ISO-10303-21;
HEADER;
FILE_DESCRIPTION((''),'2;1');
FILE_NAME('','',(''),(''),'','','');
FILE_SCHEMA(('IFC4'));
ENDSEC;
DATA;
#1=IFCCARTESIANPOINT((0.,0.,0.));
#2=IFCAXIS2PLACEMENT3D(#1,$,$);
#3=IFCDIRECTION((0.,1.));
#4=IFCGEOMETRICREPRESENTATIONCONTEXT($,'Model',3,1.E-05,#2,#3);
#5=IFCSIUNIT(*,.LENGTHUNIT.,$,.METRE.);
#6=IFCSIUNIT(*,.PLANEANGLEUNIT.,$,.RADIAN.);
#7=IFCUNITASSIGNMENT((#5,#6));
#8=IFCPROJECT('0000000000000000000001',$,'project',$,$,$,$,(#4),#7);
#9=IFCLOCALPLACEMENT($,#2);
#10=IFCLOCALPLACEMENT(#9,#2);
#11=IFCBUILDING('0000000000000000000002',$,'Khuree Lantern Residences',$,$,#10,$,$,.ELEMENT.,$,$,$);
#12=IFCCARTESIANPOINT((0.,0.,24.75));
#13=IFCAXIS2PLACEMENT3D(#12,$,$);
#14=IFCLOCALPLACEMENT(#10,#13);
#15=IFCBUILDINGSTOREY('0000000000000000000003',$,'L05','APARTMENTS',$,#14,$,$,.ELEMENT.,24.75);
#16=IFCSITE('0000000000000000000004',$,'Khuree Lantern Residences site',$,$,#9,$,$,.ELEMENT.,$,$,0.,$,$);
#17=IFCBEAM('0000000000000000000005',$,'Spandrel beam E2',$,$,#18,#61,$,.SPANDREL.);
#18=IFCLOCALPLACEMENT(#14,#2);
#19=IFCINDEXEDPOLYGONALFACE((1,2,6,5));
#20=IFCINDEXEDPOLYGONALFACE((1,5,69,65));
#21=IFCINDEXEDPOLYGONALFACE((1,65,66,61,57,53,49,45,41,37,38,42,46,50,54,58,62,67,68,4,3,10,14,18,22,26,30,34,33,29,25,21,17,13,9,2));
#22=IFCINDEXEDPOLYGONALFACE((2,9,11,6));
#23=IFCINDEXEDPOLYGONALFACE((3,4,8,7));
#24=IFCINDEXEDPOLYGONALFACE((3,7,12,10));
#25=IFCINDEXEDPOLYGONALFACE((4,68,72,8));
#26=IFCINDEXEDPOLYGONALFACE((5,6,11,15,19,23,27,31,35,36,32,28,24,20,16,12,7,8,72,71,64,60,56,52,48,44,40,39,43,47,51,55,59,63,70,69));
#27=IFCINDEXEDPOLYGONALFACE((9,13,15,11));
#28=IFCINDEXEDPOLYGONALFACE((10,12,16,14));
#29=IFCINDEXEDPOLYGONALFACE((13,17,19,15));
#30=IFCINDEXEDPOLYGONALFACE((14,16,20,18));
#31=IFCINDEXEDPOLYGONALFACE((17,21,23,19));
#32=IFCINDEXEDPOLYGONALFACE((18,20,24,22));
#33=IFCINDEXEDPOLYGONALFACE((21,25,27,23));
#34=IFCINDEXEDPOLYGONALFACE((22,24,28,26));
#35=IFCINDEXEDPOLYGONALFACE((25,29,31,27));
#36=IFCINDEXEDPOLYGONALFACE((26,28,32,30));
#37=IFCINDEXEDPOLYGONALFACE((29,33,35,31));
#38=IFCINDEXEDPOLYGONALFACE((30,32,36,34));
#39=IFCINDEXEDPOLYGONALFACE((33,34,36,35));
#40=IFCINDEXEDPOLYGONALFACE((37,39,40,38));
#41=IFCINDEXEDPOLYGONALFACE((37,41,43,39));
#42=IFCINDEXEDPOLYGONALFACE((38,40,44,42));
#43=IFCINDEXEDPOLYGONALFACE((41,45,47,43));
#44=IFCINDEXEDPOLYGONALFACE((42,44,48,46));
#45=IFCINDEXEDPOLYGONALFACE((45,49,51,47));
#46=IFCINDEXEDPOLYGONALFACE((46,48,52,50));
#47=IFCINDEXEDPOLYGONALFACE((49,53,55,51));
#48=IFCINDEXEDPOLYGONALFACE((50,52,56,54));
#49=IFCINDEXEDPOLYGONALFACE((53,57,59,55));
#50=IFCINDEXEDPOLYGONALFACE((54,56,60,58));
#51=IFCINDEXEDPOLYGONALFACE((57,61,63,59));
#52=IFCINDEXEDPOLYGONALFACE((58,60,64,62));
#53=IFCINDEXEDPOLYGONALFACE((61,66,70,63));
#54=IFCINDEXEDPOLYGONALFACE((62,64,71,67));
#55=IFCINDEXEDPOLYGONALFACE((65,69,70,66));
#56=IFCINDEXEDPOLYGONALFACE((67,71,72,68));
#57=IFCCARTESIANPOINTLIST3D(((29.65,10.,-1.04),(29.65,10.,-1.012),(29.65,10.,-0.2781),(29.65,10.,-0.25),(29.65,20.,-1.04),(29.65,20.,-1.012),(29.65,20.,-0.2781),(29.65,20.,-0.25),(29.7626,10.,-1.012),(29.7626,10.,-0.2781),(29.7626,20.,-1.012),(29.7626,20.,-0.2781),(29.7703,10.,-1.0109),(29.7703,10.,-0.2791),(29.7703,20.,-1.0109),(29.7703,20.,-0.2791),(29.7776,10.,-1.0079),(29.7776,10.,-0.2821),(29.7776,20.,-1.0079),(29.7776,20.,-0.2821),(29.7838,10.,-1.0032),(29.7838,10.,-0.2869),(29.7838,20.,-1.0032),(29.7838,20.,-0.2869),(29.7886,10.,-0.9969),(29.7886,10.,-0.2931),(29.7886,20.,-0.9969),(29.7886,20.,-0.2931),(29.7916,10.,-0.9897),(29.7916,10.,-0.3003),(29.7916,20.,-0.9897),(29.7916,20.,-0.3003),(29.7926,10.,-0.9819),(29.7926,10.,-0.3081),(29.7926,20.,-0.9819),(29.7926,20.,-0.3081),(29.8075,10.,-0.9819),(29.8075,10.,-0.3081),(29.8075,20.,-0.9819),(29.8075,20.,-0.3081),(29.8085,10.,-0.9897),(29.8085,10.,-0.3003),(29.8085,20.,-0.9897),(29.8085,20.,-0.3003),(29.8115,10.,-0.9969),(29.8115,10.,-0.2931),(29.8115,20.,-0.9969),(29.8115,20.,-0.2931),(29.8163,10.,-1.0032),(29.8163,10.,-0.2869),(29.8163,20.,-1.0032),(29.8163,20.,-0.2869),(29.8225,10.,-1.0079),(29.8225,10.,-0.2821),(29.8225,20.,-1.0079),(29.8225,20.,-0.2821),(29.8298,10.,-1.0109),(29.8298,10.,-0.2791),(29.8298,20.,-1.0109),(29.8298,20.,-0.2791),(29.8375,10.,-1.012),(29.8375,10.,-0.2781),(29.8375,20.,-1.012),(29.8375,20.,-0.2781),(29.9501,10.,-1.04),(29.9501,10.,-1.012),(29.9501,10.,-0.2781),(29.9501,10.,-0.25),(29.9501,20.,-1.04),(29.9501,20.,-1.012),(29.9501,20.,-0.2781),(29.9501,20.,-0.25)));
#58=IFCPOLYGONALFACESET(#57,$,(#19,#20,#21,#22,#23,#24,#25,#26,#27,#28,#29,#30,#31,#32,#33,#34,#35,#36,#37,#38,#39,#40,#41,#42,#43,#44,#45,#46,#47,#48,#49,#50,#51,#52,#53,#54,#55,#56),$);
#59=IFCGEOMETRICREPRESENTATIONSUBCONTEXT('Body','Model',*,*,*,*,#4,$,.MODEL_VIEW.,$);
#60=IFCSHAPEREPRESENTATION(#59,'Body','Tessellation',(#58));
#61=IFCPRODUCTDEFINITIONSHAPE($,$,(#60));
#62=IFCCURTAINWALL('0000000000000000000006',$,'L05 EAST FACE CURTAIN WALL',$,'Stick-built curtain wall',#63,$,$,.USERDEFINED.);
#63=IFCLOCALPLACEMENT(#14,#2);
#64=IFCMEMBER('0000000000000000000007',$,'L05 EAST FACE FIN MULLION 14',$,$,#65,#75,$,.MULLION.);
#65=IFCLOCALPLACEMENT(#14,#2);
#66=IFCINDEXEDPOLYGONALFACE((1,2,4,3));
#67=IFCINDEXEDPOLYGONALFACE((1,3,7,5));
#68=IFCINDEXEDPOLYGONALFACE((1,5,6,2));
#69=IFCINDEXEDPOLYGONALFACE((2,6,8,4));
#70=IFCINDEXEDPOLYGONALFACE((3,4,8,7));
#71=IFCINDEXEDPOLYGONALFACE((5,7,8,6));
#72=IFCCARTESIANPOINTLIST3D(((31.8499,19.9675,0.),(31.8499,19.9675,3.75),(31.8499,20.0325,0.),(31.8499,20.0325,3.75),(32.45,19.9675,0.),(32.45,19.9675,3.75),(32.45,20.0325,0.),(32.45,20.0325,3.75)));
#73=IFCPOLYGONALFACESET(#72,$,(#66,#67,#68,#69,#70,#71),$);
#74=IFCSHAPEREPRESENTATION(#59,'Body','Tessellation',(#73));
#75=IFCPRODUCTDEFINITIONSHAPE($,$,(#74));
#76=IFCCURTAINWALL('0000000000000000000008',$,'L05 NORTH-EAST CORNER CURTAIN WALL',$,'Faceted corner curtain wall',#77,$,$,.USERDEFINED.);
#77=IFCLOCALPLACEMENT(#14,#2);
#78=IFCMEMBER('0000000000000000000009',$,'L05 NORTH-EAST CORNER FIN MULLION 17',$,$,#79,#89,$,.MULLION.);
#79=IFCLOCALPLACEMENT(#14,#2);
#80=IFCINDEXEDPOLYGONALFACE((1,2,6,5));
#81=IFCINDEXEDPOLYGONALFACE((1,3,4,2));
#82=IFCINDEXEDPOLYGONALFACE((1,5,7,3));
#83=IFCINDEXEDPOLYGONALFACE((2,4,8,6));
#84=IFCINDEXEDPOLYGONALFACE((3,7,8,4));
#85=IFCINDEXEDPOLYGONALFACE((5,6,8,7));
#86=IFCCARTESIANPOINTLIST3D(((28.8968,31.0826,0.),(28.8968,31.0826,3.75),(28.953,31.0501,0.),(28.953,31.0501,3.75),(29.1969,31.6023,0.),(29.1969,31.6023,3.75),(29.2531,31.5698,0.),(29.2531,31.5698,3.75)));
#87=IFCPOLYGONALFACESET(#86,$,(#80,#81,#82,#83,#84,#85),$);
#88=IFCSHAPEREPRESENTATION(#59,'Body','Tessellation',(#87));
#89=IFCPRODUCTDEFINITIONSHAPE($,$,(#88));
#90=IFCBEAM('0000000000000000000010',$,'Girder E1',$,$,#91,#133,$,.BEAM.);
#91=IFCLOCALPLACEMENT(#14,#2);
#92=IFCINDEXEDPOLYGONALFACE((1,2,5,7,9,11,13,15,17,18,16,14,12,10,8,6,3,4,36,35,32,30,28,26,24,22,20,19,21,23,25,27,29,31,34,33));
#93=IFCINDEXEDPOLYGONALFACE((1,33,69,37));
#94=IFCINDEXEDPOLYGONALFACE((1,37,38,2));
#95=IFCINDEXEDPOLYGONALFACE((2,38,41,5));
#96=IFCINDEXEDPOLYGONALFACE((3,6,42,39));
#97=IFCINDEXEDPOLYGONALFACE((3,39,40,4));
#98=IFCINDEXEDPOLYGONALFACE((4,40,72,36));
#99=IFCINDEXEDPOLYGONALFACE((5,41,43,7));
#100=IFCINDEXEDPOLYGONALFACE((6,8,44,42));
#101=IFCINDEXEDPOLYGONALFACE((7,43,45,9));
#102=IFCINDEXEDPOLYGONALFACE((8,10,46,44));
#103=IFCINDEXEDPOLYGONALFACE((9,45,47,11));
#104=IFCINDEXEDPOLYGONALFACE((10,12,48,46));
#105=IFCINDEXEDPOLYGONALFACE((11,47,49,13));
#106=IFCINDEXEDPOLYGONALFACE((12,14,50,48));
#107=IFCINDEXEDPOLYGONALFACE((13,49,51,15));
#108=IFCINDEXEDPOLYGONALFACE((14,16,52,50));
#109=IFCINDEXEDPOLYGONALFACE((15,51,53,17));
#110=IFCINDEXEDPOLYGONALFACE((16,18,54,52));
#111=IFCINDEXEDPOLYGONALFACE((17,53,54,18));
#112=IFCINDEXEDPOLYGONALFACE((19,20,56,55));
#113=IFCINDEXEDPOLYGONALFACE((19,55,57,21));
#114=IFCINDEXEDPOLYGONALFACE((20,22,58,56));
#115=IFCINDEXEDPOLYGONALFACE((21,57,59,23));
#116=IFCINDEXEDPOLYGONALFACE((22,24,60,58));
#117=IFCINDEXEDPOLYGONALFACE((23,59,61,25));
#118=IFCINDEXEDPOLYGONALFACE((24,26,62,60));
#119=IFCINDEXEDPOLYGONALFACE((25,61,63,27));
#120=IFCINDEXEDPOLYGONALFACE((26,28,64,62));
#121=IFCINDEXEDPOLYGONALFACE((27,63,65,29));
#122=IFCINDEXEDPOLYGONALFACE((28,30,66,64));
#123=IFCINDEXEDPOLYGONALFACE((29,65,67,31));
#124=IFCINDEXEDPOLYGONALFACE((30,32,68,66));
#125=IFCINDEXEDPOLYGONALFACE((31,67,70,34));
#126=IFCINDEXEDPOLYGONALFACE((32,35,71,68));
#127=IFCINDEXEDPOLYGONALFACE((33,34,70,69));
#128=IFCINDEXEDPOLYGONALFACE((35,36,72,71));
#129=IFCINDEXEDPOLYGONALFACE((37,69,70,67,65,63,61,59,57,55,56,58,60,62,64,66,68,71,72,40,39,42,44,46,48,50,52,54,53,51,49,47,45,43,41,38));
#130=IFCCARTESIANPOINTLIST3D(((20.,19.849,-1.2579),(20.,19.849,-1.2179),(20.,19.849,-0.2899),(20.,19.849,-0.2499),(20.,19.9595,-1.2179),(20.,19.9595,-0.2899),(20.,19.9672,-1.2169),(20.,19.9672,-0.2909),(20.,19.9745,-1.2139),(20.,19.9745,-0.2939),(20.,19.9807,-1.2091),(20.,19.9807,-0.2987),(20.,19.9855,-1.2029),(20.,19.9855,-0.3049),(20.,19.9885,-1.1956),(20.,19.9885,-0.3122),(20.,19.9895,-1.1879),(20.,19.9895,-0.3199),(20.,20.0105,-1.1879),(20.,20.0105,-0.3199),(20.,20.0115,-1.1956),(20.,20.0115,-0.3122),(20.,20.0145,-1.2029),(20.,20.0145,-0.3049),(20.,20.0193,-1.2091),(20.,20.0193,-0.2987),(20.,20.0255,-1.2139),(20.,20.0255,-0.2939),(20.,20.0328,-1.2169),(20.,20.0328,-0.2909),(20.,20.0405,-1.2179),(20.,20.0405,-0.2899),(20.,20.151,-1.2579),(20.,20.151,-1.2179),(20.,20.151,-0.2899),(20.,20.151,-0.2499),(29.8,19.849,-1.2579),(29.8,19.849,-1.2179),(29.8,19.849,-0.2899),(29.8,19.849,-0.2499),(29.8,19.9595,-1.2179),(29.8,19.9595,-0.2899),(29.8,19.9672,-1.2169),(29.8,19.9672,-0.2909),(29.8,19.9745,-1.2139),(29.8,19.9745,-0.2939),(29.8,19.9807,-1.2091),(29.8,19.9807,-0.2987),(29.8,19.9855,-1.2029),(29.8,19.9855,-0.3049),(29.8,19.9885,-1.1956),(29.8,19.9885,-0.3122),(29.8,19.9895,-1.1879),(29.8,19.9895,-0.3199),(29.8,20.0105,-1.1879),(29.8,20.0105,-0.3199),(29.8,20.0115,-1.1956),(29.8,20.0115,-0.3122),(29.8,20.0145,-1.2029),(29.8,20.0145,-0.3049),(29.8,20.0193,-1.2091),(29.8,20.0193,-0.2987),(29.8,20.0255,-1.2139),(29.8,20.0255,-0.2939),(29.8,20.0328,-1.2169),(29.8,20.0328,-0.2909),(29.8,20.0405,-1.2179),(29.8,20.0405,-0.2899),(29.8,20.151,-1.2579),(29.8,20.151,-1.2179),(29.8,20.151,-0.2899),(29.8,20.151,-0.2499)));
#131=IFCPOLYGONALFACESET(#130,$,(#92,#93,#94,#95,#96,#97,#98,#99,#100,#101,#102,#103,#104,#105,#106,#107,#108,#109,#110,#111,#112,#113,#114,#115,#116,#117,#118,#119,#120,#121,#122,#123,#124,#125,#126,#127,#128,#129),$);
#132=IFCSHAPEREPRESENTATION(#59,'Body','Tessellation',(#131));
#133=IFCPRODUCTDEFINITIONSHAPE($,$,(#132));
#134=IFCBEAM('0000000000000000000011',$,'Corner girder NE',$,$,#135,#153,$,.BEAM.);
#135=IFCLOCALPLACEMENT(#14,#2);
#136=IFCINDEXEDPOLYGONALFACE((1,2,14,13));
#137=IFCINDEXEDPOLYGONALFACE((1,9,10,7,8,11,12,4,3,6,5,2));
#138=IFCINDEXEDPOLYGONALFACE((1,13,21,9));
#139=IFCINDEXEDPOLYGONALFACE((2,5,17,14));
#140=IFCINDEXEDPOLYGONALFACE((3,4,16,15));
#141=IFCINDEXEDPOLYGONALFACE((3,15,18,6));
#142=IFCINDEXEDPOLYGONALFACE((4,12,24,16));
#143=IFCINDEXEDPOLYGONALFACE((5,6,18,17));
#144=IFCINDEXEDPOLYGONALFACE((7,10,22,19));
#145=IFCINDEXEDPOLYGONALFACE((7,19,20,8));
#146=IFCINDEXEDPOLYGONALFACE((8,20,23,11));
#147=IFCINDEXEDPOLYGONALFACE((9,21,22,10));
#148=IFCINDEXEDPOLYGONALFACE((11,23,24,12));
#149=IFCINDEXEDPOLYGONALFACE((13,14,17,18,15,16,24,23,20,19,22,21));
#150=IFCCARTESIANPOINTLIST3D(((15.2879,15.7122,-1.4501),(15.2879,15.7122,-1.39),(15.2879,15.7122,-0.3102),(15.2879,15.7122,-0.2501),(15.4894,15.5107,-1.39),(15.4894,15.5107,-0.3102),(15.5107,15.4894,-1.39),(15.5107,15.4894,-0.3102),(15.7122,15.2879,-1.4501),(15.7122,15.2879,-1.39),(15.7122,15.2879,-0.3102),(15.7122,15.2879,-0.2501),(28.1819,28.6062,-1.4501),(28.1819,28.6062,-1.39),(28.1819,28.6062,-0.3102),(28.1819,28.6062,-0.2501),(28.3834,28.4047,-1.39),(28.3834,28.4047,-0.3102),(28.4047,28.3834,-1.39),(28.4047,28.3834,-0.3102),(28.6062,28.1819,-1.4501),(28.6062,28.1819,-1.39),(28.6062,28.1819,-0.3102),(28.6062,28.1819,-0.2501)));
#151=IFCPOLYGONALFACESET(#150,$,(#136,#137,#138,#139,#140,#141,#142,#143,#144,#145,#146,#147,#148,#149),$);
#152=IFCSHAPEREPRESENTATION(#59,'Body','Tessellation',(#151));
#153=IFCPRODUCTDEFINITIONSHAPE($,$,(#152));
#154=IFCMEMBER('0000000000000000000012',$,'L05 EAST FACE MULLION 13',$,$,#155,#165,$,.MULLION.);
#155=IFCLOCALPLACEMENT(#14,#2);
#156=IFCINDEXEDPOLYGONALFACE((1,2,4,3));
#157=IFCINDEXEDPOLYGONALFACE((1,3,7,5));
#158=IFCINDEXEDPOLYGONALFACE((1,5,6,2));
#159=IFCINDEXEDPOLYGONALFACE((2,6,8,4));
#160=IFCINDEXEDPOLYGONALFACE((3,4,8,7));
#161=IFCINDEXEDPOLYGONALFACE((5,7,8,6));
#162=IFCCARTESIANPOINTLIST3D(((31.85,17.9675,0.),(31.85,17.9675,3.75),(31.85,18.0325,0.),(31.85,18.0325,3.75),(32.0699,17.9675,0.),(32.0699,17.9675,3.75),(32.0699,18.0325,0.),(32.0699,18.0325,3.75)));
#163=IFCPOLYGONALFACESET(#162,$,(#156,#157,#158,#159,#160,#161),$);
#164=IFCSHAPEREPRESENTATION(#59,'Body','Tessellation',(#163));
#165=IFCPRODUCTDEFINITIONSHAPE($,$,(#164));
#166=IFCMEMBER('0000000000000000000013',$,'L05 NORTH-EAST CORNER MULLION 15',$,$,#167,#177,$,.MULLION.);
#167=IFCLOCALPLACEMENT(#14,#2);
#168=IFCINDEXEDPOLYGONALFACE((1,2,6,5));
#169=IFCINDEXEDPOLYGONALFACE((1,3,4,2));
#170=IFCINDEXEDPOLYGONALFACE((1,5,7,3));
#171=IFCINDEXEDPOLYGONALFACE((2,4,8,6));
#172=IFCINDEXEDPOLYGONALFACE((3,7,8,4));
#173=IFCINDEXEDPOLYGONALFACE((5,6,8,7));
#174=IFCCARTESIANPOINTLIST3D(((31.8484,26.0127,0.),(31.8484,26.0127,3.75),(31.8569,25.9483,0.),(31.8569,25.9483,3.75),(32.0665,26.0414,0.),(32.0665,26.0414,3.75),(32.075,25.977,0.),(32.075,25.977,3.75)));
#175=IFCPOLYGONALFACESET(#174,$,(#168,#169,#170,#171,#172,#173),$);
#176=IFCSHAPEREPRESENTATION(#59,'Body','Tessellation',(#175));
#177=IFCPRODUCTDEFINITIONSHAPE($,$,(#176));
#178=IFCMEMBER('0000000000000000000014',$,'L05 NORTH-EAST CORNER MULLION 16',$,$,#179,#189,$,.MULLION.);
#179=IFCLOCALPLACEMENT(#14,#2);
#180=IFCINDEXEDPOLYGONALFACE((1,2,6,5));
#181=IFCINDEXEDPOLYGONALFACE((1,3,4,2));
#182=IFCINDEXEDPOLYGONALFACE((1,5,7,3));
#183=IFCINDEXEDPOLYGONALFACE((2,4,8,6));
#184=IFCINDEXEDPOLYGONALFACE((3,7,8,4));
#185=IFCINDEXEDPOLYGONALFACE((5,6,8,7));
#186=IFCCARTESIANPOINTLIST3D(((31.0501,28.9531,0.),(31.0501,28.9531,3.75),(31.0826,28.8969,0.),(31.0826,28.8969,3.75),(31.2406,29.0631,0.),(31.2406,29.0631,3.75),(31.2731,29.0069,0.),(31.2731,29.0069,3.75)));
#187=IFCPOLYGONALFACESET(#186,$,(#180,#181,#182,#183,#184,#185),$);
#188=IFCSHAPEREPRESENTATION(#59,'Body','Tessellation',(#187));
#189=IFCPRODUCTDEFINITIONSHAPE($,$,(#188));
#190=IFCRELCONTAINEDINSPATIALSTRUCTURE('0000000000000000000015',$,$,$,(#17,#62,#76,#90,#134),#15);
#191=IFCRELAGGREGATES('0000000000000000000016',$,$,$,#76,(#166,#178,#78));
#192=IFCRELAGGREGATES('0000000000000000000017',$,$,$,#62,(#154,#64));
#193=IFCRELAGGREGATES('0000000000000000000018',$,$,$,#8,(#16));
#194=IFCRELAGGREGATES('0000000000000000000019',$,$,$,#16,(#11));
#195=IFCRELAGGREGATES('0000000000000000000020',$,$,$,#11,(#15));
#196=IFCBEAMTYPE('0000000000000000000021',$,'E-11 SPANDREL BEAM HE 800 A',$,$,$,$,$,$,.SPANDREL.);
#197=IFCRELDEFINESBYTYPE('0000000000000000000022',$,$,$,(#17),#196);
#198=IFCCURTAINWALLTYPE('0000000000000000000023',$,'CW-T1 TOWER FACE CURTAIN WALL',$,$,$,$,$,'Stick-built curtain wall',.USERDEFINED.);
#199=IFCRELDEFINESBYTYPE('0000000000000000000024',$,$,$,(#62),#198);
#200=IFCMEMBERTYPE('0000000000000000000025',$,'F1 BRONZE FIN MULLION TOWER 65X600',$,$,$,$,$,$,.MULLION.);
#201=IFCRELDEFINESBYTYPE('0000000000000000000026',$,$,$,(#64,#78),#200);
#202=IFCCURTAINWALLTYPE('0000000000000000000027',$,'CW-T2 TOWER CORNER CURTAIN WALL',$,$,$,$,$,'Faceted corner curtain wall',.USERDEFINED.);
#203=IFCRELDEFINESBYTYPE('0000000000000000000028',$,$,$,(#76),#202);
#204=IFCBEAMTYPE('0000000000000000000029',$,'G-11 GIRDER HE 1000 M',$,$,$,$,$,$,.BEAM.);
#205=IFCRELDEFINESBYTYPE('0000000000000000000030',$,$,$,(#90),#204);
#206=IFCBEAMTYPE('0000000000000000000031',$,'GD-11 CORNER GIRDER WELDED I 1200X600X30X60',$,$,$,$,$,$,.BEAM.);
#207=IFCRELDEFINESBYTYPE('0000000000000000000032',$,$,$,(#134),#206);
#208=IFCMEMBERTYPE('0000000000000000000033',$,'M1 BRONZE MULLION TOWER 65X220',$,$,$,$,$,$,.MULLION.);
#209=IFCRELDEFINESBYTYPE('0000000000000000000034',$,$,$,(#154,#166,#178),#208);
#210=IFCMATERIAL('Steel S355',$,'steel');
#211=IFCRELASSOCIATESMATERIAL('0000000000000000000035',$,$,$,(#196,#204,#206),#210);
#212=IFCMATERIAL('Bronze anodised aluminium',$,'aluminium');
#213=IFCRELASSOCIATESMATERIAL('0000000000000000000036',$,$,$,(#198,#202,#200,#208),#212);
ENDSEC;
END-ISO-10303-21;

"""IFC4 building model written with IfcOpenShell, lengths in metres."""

from ifc_helpers import new_model, si_unit, direction, frame, origin, origin_2d, place, context, subcontext, project, spatial, rectangle, i_section, extrude, material, material_profile, profile_set, type_object, element, aggregate, save


model = new_model("IFC4")

# Units and contexts
model_context = context("Model", 3, precision=1e-05, world=origin(), true_north=direction((0.0, 1.0)))
body_context = subcontext(model_context, "Body", "Model", "MODEL_VIEW")
ifc_project = project(units=[si_unit("LENGTHUNIT", "METRE"), si_unit("PLANEANGLEUNIT", "RADIAN")], contexts=[model_context])

# Site, building, storey
site_placement = place(None, origin())
site = spatial("IfcSite", under=ifc_project, at=site_placement, Name="Khuree Lantern Residences site", CompositionType="ELEMENT", RefElevation=0.0)
building_placement = place(site_placement, origin())
building = spatial("IfcBuilding", under=site, at=building_placement, Name="Khuree Lantern Residences", CompositionType="ELEMENT")
storey_placement = place(building_placement, frame((0.0, 0.0, 24.75)))
storey = spatial("IfcBuildingStorey", under=building, at=storey_placement, Name="L05", Description="APARTMENTS", CompositionType="ELEMENT", Elevation=24.75)

# Beam
ifc_material_1 = material(Name="Steel S355", Category="steel")
ifc_material_profile_1 = material_profile(ifc_material_1, i_section(OverallWidth=0.3, OverallDepth=0.79, WebThickness=0.0149, FlangeThickness=0.0281, FilletRadius=0.03, at=origin_2d()), Name="HE 800 A")
ifc_profile_set_1 = profile_set([ifc_material_profile_1], Name="Steel S355")
beam_type_1 = type_object("IfcBeamType", Name="E-11 SPANDREL BEAM HE 800 A", PredefinedType="SPANDREL", material=ifc_profile_set_1)
beam_1_placement = place(storey_placement, frame((29.8, 20.0, -0.645), z_axis=(0.0, -1.0, 0.0), x_axis=(1.0, 0.0, 0.0)))
element("IfcBeam", 1, at=beam_1_placement, inside=storey, type_object=beam_type_1, Name="Spandrel beam E2", PredefinedType="SPANDREL", context=body_context, shape_type="SweptSolid", body=[
    extrude(i_section(OverallWidth=0.3, OverallDepth=0.79, WebThickness=0.0149, FlangeThickness=0.0281, FilletRadius=0.03, at=origin_2d()), origin(), (0.0, 0.0, 1.0), 10.0),
])

# Curtain walls, members
ifc_material_2 = material(Name="Bronze anodised aluminium", Category="aluminium")
curtain_wall_type_1 = type_object("IfcCurtainWallType", Name="CW-T1 TOWER FACE CURTAIN WALL", ElementType="Stick-built curtain wall", PredefinedType="USERDEFINED", material=ifc_material_2)
curtain_wall_1_placement = place(storey_placement, origin())
curtain_wall_1 = element("IfcCurtainWall", 2, at=curtain_wall_1_placement, inside=storey, type_object=curtain_wall_type_1, Name="L05 EAST FACE CURTAIN WALL", ObjectType="Stick-built curtain wall", PredefinedType="USERDEFINED")
ifc_material_profile_2 = material_profile(ifc_material_2, rectangle(XDim=0.0649, YDim=0.6001, at=origin_2d()), Name="F1 65X600")
ifc_profile_set_2 = profile_set([ifc_material_profile_2], Name="Bronze anodised aluminium")
member_type_1 = type_object("IfcMemberType", Name="F1 BRONZE FIN MULLION TOWER 65X600", PredefinedType="MULLION", material=ifc_profile_set_2)
member_1_placement = place(storey_placement, frame((32.1499, 20.0, 0.0), z_axis=(0.0, 0.0, 1.0), x_axis=(0.0, 1.0, 0.0)))
member_1 = element("IfcMember", 3, at=member_1_placement, type_object=member_type_1, Name="L05 EAST FACE FIN MULLION 14", PredefinedType="MULLION", context=body_context, shape_type="SweptSolid", body=[
    extrude(rectangle(XDim=0.0649, YDim=0.6001, at=origin_2d()), origin(), (0.0, 0.0, 1.0), 3.75),
])
curtain_wall_type_2 = type_object("IfcCurtainWallType", Name="CW-T2 TOWER CORNER CURTAIN WALL", ElementType="Faceted corner curtain wall", PredefinedType="USERDEFINED", material=ifc_material_2)
curtain_wall_2_placement = place(storey_placement, origin())
curtain_wall_2 = element("IfcCurtainWall", 4, at=curtain_wall_2_placement, inside=storey, type_object=curtain_wall_type_2, Name="L05 NORTH-EAST CORNER CURTAIN WALL", ObjectType="Faceted corner curtain wall", PredefinedType="USERDEFINED")
member_2_placement = place(storey_placement, frame((29.075, 31.3262, 0.0), z_axis=(0.0, 0.0, 1.0), x_axis=(-0.866025, 0.5, 0.0)))
member_2 = element("IfcMember", 5, at=member_2_placement, type_object=member_type_1, Name="L05 NORTH-EAST CORNER FIN MULLION 17", PredefinedType="MULLION", context=body_context, shape_type="SweptSolid", body=[
    extrude(rectangle(XDim=0.0649, YDim=0.6001, at=origin_2d()), origin(), (0.0, 0.0, 1.0), 3.75),
])

# Beams
ifc_material_profile_3 = material_profile(ifc_material_1, i_section(OverallWidth=0.302, OverallDepth=1.0081, WebThickness=0.021, FlangeThickness=0.04, FilletRadius=0.03, at=origin_2d()), Name="HE 1000 M")
ifc_profile_set_3 = profile_set([ifc_material_profile_3], Name="Steel S355")
beam_type_2 = type_object("IfcBeamType", Name="G-11 GIRDER HE 1000 M", PredefinedType="BEAM", material=ifc_profile_set_3)
beam_2_placement = place(storey_placement, frame((29.8, 20.0, -0.7539), z_axis=(-1.0, 0.0, 0.0), x_axis=(0.0, -1.0, 0.0)))
element("IfcBeam", 6, at=beam_2_placement, inside=storey, type_object=beam_type_2, Name="Girder E1", PredefinedType="BEAM", context=body_context, shape_type="SweptSolid", body=[
    extrude(i_section(OverallWidth=0.302, OverallDepth=1.0081, WebThickness=0.021, FlangeThickness=0.04, FilletRadius=0.03, at=origin_2d()), origin(), (0.0, 0.0, 1.0), 9.8),
])
ifc_material_profile_4 = material_profile(ifc_material_1, i_section(OverallWidth=0.6001, OverallDepth=1.2, WebThickness=0.03, FlangeThickness=0.0601, at=origin_2d()), Name="WELDED I 1200X600X30X60")
ifc_profile_set_4 = profile_set([ifc_material_profile_4], Name="Steel S355")
beam_type_3 = type_object("IfcBeamType", Name="GD-11 CORNER GIRDER WELDED I 1200X600X30X60", PredefinedType="BEAM", material=ifc_profile_set_4)
beam_3_placement = place(storey_placement, frame((28.394, 28.394, -0.8501), z_axis=(-0.707107, -0.707107, 0.0), x_axis=(0.707107, -0.707107, 0.0)))
element("IfcBeam", 7, at=beam_3_placement, inside=storey, type_object=beam_type_3, Name="Corner girder NE", PredefinedType="BEAM", context=body_context, shape_type="SweptSolid", body=[
    extrude(i_section(OverallWidth=0.6001, OverallDepth=1.2, WebThickness=0.03, FlangeThickness=0.0601, at=origin_2d()), origin(), (0.0, 0.0, 1.0), 18.2349),
])

# Members
ifc_material_profile_5 = material_profile(ifc_material_2, rectangle(XDim=0.0649, YDim=0.22, at=origin_2d()), Name="M1 65X220")
ifc_profile_set_5 = profile_set([ifc_material_profile_5], Name="Bronze anodised aluminium")
member_type_2 = type_object("IfcMemberType", Name="M1 BRONZE MULLION TOWER 65X220", PredefinedType="MULLION", material=ifc_profile_set_5)
member_3_placement = place(storey_placement, frame((31.96, 18.0, 0.0), z_axis=(0.0, 0.0, 1.0), x_axis=(0.0, 1.0, 0.0)))
member_3 = element("IfcMember", 8, at=member_3_placement, type_object=member_type_2, Name="L05 EAST FACE MULLION 13", PredefinedType="MULLION", context=body_context, shape_type="SweptSolid", body=[
    extrude(rectangle(XDim=0.0649, YDim=0.22, at=origin_2d()), origin(), (0.0, 0.0, 1.0), 3.75),
])
member_4_placement = place(storey_placement, frame((31.9617, 25.9949, 0.0), z_axis=(0.0, 0.0, 1.0), x_axis=(-0.130526, 0.991445, 0.0)))
member_4 = element("IfcMember", 9, at=member_4_placement, type_object=member_type_2, Name="L05 NORTH-EAST CORNER MULLION 15", PredefinedType="MULLION", context=body_context, shape_type="SweptSolid", body=[
    extrude(rectangle(XDim=0.0649, YDim=0.22, at=origin_2d()), origin(), (0.0, 0.0, 1.0), 3.75),
])
member_5_placement = place(storey_placement, frame((31.1616, 28.98, 0.0), z_axis=(0.0, 0.0, 1.0), x_axis=(-0.5, 0.866025, 0.0)))
member_5 = element("IfcMember", 10, at=member_5_placement, type_object=member_type_2, Name="L05 NORTH-EAST CORNER MULLION 16", PredefinedType="MULLION", context=body_context, shape_type="SweptSolid", body=[
    extrude(rectangle(XDim=0.0649, YDim=0.22, at=origin_2d()), origin(), (0.0, 0.0, 1.0), 3.75),
])

aggregate(curtain_wall_2, [member_4, member_5, member_2])
aggregate(curtain_wall_1, [member_3, member_1])

save(model, "model.ifc")
